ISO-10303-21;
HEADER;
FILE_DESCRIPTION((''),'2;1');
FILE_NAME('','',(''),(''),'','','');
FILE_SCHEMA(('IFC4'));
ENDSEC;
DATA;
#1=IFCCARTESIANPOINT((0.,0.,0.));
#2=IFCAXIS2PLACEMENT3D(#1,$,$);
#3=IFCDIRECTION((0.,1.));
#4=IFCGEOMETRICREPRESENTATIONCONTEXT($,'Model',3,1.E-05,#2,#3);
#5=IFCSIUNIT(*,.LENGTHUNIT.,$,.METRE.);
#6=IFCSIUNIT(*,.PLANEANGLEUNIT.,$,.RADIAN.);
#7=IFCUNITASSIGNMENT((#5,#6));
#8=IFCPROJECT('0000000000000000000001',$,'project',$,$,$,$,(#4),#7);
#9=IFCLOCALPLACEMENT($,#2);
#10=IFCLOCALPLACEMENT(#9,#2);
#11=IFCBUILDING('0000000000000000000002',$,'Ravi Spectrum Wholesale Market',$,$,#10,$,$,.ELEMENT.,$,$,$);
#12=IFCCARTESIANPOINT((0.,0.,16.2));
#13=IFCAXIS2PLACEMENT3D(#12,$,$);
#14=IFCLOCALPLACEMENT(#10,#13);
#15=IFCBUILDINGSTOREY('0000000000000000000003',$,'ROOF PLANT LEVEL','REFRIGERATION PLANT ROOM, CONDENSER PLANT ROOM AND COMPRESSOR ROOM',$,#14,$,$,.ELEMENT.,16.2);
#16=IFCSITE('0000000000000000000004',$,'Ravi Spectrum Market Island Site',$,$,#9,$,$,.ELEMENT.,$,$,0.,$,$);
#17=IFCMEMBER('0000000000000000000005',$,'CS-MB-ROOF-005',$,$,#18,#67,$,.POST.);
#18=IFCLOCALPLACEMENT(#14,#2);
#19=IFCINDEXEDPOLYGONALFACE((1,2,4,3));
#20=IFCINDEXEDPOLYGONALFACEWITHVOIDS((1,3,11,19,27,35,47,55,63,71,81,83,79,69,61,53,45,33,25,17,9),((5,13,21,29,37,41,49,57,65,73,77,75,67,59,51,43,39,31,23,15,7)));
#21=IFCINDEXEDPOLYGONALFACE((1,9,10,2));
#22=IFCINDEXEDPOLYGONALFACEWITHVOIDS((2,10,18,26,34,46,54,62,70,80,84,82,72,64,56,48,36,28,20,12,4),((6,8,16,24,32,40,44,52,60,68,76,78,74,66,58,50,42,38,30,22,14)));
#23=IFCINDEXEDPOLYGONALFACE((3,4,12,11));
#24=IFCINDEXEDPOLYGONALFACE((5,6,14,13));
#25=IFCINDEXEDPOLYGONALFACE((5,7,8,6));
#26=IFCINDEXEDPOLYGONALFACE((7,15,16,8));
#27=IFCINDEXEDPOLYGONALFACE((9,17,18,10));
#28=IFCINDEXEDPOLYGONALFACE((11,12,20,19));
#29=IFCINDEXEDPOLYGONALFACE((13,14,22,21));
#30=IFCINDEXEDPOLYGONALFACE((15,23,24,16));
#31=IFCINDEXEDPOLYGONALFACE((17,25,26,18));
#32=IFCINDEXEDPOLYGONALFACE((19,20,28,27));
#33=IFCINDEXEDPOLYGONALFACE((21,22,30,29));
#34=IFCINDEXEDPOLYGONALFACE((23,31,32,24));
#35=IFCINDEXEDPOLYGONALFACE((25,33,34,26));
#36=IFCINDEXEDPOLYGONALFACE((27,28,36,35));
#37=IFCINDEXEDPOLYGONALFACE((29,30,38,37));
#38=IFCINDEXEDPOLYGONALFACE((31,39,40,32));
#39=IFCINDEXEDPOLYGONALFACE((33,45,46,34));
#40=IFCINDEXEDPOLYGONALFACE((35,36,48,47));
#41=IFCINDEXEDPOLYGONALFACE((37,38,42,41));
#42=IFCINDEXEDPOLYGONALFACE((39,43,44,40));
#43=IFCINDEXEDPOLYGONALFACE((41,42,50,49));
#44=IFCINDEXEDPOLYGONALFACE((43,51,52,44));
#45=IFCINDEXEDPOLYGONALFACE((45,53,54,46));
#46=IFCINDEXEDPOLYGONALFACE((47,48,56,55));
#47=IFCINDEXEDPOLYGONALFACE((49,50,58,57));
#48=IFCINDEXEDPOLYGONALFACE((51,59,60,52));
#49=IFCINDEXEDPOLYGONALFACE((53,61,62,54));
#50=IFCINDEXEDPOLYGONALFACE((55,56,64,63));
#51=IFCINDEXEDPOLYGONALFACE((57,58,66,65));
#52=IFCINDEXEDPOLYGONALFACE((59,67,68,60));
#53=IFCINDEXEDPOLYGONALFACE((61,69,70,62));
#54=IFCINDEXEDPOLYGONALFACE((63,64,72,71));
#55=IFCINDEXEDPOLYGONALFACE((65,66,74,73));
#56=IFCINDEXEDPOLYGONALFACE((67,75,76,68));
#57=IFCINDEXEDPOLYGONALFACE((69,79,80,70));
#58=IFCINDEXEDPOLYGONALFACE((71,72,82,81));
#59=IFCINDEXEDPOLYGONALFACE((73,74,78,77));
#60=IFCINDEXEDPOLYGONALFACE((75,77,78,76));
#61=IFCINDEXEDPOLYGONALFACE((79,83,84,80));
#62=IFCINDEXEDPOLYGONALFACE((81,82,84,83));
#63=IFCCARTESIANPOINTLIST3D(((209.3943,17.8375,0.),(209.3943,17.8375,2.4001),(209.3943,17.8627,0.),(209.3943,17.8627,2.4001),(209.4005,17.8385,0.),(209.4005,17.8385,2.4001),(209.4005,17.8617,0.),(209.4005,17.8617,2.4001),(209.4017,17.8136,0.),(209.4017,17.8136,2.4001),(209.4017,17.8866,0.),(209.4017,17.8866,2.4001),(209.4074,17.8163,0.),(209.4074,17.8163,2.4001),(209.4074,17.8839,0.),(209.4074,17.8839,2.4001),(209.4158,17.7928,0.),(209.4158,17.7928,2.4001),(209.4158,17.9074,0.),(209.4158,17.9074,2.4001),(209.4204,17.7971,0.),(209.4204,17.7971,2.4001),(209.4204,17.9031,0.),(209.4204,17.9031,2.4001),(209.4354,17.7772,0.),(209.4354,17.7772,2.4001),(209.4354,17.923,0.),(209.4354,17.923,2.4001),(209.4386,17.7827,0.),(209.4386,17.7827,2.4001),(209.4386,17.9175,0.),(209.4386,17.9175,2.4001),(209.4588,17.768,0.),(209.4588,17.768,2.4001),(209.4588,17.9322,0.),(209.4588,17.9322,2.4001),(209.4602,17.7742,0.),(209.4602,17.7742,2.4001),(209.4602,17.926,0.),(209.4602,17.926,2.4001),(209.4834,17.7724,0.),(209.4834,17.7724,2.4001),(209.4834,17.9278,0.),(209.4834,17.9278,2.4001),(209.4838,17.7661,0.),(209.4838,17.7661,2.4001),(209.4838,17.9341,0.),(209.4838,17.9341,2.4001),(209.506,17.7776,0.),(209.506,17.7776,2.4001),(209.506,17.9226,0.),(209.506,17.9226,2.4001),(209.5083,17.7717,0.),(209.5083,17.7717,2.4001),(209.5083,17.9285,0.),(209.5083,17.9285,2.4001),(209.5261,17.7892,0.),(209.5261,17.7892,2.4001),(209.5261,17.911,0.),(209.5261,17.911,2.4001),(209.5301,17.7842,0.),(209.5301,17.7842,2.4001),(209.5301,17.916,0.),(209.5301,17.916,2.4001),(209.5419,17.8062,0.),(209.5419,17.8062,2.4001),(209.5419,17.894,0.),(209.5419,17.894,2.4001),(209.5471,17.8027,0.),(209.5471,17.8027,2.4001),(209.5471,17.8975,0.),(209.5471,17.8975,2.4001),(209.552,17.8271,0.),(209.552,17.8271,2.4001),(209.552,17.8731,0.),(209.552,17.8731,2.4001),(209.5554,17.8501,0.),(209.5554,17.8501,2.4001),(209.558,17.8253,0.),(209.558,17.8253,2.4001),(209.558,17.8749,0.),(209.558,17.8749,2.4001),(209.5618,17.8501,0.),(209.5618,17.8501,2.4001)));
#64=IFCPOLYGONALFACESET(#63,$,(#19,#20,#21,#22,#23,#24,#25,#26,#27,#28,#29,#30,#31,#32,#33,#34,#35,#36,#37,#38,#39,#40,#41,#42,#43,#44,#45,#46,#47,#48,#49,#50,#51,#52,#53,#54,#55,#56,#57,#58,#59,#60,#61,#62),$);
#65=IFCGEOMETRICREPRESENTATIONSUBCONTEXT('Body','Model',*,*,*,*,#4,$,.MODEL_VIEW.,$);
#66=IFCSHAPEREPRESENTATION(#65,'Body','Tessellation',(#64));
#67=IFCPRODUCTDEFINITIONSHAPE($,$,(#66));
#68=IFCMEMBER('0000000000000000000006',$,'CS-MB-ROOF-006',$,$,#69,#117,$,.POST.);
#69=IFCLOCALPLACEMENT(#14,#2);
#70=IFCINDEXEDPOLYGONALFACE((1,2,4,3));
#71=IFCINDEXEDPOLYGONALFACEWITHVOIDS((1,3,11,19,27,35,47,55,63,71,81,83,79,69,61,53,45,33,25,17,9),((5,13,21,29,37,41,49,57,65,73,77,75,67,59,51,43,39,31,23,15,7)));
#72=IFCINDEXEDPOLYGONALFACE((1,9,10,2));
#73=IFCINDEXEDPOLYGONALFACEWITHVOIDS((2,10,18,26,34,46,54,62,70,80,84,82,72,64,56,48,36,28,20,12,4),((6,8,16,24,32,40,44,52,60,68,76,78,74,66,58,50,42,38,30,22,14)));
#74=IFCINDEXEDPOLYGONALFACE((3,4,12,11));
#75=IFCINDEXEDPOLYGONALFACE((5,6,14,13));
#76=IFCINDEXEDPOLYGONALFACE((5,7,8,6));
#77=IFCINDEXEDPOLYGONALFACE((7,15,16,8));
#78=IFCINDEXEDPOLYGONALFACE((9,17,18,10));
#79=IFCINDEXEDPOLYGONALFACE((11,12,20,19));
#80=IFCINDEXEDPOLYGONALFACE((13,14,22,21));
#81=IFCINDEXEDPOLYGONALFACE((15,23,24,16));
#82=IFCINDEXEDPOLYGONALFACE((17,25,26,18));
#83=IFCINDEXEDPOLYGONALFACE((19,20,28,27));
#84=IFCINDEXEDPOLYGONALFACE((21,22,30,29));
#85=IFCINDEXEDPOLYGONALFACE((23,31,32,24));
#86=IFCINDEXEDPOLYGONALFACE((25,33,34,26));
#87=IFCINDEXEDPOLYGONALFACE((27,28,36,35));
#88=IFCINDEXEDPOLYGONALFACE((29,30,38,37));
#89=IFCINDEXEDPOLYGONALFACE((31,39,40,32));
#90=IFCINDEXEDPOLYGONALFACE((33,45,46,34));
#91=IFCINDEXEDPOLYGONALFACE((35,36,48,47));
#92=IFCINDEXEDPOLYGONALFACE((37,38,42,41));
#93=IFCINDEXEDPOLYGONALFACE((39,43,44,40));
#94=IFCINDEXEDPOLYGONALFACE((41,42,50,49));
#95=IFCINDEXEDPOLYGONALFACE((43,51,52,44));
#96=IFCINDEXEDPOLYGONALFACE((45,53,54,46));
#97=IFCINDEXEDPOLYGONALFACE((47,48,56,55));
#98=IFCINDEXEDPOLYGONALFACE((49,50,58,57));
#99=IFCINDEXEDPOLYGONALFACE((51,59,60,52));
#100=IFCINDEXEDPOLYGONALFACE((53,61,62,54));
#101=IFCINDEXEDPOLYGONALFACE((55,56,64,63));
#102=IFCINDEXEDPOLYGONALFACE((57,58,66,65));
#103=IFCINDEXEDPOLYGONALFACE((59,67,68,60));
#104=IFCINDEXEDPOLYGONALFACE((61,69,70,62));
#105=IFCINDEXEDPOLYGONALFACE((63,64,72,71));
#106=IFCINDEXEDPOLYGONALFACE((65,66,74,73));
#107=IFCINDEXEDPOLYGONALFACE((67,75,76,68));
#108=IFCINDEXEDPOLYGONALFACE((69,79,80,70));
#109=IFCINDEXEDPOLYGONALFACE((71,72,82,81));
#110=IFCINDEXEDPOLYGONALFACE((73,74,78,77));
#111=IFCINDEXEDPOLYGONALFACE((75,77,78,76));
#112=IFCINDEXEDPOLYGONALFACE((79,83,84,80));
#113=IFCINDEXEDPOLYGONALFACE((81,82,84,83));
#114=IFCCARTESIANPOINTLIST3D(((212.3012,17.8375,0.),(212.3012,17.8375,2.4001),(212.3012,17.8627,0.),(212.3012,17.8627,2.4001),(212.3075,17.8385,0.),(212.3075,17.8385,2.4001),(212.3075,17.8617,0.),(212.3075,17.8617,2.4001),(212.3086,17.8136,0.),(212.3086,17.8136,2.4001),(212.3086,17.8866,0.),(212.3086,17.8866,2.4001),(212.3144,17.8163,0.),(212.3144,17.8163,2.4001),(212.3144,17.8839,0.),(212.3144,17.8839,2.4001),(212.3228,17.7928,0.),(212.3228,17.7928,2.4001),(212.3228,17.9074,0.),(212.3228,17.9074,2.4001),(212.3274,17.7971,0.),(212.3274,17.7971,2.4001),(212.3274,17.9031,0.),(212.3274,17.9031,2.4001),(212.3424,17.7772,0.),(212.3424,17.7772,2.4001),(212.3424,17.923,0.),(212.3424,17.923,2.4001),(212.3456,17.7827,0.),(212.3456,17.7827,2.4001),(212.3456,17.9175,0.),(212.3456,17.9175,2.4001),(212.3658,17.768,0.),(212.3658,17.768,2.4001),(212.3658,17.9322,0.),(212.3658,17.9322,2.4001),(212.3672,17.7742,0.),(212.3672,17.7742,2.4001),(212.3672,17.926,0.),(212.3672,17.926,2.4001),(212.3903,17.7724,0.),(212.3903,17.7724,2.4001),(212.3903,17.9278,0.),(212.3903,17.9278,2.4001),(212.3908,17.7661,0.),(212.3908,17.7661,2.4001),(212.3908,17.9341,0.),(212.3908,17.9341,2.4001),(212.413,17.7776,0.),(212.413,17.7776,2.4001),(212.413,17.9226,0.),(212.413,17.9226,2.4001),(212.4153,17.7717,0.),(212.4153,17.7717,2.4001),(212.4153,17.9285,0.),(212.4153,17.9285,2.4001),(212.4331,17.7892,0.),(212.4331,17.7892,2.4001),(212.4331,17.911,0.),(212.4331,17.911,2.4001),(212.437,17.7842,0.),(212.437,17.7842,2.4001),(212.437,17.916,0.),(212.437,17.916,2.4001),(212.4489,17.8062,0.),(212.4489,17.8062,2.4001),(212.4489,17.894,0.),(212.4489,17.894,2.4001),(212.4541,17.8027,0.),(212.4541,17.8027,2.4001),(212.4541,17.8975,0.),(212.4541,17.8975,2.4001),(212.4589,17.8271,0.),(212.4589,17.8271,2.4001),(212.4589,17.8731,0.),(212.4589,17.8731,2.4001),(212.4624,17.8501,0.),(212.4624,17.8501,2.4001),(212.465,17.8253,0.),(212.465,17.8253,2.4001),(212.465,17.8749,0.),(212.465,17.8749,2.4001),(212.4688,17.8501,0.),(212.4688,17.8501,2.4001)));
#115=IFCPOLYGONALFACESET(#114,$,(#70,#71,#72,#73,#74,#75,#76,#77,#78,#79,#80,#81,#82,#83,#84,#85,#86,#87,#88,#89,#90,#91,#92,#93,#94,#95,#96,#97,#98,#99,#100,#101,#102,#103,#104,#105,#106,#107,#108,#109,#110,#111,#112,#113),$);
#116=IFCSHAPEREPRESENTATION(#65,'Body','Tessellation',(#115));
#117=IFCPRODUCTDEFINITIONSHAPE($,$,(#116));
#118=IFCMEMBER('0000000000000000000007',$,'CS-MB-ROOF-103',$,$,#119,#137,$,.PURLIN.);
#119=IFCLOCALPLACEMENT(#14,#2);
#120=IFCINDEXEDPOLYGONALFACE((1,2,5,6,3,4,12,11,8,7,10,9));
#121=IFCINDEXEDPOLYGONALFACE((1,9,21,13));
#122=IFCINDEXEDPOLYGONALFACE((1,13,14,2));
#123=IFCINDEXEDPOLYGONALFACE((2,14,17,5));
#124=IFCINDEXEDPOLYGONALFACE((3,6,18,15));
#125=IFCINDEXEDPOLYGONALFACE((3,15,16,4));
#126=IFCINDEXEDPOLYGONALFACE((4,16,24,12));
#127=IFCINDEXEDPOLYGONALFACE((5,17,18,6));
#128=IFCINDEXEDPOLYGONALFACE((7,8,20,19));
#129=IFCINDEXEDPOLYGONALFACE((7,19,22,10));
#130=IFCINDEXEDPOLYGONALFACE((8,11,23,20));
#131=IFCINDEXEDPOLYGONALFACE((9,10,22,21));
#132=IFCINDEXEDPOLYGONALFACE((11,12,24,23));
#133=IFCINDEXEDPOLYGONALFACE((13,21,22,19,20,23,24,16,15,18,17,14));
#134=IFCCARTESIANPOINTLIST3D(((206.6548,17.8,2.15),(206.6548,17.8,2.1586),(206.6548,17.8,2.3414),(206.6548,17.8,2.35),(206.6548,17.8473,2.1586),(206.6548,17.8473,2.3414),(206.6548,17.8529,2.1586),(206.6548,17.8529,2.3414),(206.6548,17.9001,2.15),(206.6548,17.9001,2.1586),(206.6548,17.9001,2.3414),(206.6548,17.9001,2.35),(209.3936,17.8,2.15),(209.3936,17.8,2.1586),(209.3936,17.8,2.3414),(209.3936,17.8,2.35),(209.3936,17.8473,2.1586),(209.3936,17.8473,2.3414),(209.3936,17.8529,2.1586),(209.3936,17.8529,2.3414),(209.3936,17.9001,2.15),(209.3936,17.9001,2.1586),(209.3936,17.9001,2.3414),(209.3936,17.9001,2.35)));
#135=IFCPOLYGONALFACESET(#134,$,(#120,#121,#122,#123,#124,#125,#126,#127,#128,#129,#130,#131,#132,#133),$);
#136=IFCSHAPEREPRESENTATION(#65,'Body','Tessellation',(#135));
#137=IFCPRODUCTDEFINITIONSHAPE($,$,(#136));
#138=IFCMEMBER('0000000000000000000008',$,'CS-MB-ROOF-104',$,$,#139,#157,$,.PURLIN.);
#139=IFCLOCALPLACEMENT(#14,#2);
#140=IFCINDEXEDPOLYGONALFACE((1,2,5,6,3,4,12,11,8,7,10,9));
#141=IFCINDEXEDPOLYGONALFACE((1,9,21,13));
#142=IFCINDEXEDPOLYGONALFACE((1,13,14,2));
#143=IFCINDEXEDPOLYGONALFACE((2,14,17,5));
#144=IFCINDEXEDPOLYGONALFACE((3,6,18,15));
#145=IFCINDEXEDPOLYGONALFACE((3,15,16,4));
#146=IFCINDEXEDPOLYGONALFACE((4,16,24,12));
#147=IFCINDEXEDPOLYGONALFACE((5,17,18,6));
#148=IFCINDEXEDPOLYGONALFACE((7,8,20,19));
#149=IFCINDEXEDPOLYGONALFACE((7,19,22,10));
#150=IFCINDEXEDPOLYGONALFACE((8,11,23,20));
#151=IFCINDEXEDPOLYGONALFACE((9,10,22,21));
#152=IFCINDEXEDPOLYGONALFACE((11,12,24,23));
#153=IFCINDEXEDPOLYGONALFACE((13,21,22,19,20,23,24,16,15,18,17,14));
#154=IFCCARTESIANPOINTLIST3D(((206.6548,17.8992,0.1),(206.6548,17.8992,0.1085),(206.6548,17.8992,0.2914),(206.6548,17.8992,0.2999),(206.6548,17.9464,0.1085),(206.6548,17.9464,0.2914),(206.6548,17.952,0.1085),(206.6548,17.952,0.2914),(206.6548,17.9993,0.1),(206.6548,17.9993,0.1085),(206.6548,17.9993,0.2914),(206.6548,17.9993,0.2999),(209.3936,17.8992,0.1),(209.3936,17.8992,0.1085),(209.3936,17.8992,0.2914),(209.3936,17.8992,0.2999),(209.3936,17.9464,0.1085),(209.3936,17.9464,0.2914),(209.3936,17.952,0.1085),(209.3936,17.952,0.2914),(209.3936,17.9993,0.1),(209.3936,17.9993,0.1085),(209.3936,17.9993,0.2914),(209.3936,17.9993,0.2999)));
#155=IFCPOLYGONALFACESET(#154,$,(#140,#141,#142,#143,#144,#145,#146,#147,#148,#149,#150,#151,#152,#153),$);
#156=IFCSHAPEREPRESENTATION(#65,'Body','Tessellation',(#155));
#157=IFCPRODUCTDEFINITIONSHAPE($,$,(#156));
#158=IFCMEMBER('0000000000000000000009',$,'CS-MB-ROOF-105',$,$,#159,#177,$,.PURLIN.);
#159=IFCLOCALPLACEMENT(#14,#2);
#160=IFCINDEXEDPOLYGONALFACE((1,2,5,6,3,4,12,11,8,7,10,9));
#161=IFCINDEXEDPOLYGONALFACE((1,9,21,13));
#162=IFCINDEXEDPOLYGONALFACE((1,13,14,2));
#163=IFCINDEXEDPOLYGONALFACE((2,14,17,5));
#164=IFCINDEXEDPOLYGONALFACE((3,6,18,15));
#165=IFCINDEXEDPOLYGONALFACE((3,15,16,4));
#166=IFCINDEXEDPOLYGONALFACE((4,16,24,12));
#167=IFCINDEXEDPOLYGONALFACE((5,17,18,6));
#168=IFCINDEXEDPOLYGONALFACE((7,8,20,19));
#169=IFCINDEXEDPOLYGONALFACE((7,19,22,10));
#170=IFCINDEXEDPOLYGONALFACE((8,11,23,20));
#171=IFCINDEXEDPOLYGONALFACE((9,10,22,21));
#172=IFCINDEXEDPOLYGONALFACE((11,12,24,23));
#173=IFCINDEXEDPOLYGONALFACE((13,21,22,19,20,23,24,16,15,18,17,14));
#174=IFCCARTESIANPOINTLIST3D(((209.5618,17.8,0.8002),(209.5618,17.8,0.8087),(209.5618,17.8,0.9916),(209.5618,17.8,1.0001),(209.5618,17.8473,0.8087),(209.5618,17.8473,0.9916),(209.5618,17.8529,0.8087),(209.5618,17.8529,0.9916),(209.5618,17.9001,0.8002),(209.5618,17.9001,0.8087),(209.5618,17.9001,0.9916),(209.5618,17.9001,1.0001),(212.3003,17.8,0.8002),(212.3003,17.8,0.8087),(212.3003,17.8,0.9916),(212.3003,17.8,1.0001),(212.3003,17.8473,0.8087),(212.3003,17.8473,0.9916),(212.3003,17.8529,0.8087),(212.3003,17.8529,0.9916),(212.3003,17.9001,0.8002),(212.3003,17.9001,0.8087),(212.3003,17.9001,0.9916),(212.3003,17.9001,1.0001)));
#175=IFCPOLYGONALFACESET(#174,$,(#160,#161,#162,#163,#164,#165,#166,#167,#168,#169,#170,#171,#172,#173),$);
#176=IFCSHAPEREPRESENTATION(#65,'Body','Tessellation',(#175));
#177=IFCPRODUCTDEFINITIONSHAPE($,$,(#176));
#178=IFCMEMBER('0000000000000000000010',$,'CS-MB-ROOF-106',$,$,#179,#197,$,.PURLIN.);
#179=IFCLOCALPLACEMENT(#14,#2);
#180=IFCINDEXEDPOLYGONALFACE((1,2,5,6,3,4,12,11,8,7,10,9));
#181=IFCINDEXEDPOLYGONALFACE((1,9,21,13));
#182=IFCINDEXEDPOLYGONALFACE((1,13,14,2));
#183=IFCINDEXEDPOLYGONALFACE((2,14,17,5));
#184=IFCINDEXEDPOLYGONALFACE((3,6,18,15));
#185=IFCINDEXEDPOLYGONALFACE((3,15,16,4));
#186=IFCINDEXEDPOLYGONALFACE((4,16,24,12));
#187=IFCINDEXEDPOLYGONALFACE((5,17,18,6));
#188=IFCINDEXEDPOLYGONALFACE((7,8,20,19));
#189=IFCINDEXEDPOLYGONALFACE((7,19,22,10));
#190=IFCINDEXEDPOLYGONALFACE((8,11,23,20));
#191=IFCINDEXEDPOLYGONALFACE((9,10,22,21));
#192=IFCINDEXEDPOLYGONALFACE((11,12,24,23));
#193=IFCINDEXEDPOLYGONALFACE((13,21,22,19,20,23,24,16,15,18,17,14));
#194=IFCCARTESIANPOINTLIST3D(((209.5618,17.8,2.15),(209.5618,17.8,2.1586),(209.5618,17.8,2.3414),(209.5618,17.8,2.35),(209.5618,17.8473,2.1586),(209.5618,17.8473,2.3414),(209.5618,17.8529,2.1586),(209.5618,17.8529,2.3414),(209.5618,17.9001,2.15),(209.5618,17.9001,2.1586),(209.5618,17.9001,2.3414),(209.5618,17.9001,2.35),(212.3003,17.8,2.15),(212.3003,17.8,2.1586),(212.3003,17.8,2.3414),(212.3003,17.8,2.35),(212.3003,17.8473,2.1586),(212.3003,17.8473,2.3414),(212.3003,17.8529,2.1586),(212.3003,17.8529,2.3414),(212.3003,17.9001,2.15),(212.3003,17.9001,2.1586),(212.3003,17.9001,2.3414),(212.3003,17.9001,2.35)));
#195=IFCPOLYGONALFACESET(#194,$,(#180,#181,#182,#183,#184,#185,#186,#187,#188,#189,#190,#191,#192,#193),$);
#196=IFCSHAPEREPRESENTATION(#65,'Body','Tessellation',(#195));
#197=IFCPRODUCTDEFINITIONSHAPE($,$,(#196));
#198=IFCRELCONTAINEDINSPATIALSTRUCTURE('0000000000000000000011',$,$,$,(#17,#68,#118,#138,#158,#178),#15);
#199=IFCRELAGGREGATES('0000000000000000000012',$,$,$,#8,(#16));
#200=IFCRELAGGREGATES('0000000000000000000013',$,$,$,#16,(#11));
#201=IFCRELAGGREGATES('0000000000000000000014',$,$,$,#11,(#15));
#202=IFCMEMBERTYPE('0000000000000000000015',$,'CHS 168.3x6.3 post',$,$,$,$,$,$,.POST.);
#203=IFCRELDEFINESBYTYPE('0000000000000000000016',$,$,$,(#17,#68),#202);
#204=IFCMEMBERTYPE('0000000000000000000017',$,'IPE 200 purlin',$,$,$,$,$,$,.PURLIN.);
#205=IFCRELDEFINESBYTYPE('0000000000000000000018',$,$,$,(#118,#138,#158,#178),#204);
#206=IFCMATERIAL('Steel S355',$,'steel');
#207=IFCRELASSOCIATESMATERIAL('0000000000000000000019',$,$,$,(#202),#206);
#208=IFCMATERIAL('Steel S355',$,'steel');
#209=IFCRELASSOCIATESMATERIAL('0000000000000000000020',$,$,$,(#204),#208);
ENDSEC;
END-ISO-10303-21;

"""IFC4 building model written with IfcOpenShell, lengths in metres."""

from ifc_helpers import new_model, si_unit, direction, frame, origin, origin_2d, place, context, subcontext, project, spatial, hollow_circle, i_section, extrude, material, material_profile, profile_set, type_object, element, save


model = new_model("IFC4")

# Units and contexts
model_context = context("Model", 3, precision=1e-05, world=origin(), true_north=direction((0.0, 1.0)))
body_context = subcontext(model_context, "Body", "Model", "MODEL_VIEW")
ifc_project = project(units=[si_unit("LENGTHUNIT", "METRE"), si_unit("PLANEANGLEUNIT", "RADIAN")], contexts=[model_context])

# Site, building, storey
site_placement = place(None, origin())
site = spatial("IfcSite", under=ifc_project, at=site_placement, Name="Ravi Spectrum Market Island Site", CompositionType="ELEMENT", RefElevation=0.0)
building_placement = place(site_placement, origin())
building = spatial("IfcBuilding", under=site, at=building_placement, Name="Ravi Spectrum Wholesale Market", CompositionType="ELEMENT")
storey_placement = place(building_placement, frame((0.0, 0.0, 16.2)))
storey = spatial("IfcBuildingStorey", under=building, at=storey_placement, Name="ROOF PLANT LEVEL", Description="REFRIGERATION PLANT ROOM, CONDENSER PLANT ROOM AND COMPRESSOR ROOM", CompositionType="ELEMENT", Elevation=16.2)

# Members
ifc_material_1 = material(Name="Steel S355", Category="steel")
ifc_material_profile_1 = material_profile(ifc_material_1, hollow_circle(Radius=0.0842, WallThickness=0.0063, at=origin_2d()))
ifc_profile_set_1 = profile_set([ifc_material_profile_1], Name="Steel S355")
member_type_1 = type_object("IfcMemberType", Name="CHS 168.3x6.3 post", PredefinedType="POST", material=ifc_profile_set_1)
for number, where, z_axis, x_axis, name in (
    (1, (209.4775, 17.8501, 0.0), (0.0, 0.0, 1.0), (1.0, 0.0, 0.0), "CS-MB-ROOF-005"),
    (2, (212.3845, 17.8501, 0.0), (0.0, 0.0, 1.0), (1.0, 0.0, 0.0), "CS-MB-ROOF-006"),
):
    element("IfcMember", number, at=place(storey_placement, frame(where, z_axis=z_axis, x_axis=x_axis)), inside=storey, type_object=member_type_1, Name=name, PredefinedType="POST", context=body_context, shape_type="SweptSolid", body=[
        extrude(hollow_circle(Radius=0.0842, WallThickness=0.0063, at=origin_2d()), origin(), (0.0, 0.0, 1.0), 2.4001),
    ])
ifc_material_2 = material(Name="Steel S355", Category="steel")
ifc_material_profile_2 = material_profile(ifc_material_2, i_section(OverallWidth=0.1001, OverallDepth=0.2, WebThickness=0.0056, FlangeThickness=0.0085, at=origin_2d()))
ifc_profile_set_2 = profile_set([ifc_material_profile_2], Name="Steel S355")
member_type_2 = type_object("IfcMemberType", Name="IPE 200 purlin", PredefinedType="PURLIN", material=ifc_profile_set_2)
for number, where, z_axis, x_axis, name in (
    (3, (206.6548, 17.8501, 2.25), (1.0, 0.0, 0.0), (0.0, 1.0, 0.0), "CS-MB-ROOF-103"),
    (4, (206.6548, 17.9492, 0.2), (1.0, 0.0, 0.0), (0.0, 1.0, 0.0), "CS-MB-ROOF-104"),
):
    element("IfcMember", number, at=place(storey_placement, frame(where, z_axis=z_axis, x_axis=x_axis)), inside=storey, type_object=member_type_2, Name=name, PredefinedType="PURLIN", context=body_context, shape_type="SweptSolid", body=[
        extrude(i_section(OverallWidth=0.1001, OverallDepth=0.2, WebThickness=0.0056, FlangeThickness=0.0085, at=origin_2d()), origin(), (0.0, 0.0, 1.0), 2.7388),
    ])
for number, where, z_axis, x_axis, name in (
    (5, (209.5618, 17.8501, 0.9001), (1.0, 0.0, 0.0), (0.0, 1.0, 0.0), "CS-MB-ROOF-105"),
    (6, (209.5618, 17.8501, 2.25), (1.0, 0.0, 0.0), (0.0, 1.0, 0.0), "CS-MB-ROOF-106"),
):
    element("IfcMember", number, at=place(storey_placement, frame(where, z_axis=z_axis, x_axis=x_axis)), inside=storey, type_object=member_type_2, Name=name, PredefinedType="PURLIN", context=body_context, shape_type="SweptSolid", body=[
        extrude(i_section(OverallWidth=0.1001, OverallDepth=0.2, WebThickness=0.0056, FlangeThickness=0.0085, at=origin_2d()), origin(), (0.0, 0.0, 1.0), 2.7385),
    ])

save(model, "model.ifc")
